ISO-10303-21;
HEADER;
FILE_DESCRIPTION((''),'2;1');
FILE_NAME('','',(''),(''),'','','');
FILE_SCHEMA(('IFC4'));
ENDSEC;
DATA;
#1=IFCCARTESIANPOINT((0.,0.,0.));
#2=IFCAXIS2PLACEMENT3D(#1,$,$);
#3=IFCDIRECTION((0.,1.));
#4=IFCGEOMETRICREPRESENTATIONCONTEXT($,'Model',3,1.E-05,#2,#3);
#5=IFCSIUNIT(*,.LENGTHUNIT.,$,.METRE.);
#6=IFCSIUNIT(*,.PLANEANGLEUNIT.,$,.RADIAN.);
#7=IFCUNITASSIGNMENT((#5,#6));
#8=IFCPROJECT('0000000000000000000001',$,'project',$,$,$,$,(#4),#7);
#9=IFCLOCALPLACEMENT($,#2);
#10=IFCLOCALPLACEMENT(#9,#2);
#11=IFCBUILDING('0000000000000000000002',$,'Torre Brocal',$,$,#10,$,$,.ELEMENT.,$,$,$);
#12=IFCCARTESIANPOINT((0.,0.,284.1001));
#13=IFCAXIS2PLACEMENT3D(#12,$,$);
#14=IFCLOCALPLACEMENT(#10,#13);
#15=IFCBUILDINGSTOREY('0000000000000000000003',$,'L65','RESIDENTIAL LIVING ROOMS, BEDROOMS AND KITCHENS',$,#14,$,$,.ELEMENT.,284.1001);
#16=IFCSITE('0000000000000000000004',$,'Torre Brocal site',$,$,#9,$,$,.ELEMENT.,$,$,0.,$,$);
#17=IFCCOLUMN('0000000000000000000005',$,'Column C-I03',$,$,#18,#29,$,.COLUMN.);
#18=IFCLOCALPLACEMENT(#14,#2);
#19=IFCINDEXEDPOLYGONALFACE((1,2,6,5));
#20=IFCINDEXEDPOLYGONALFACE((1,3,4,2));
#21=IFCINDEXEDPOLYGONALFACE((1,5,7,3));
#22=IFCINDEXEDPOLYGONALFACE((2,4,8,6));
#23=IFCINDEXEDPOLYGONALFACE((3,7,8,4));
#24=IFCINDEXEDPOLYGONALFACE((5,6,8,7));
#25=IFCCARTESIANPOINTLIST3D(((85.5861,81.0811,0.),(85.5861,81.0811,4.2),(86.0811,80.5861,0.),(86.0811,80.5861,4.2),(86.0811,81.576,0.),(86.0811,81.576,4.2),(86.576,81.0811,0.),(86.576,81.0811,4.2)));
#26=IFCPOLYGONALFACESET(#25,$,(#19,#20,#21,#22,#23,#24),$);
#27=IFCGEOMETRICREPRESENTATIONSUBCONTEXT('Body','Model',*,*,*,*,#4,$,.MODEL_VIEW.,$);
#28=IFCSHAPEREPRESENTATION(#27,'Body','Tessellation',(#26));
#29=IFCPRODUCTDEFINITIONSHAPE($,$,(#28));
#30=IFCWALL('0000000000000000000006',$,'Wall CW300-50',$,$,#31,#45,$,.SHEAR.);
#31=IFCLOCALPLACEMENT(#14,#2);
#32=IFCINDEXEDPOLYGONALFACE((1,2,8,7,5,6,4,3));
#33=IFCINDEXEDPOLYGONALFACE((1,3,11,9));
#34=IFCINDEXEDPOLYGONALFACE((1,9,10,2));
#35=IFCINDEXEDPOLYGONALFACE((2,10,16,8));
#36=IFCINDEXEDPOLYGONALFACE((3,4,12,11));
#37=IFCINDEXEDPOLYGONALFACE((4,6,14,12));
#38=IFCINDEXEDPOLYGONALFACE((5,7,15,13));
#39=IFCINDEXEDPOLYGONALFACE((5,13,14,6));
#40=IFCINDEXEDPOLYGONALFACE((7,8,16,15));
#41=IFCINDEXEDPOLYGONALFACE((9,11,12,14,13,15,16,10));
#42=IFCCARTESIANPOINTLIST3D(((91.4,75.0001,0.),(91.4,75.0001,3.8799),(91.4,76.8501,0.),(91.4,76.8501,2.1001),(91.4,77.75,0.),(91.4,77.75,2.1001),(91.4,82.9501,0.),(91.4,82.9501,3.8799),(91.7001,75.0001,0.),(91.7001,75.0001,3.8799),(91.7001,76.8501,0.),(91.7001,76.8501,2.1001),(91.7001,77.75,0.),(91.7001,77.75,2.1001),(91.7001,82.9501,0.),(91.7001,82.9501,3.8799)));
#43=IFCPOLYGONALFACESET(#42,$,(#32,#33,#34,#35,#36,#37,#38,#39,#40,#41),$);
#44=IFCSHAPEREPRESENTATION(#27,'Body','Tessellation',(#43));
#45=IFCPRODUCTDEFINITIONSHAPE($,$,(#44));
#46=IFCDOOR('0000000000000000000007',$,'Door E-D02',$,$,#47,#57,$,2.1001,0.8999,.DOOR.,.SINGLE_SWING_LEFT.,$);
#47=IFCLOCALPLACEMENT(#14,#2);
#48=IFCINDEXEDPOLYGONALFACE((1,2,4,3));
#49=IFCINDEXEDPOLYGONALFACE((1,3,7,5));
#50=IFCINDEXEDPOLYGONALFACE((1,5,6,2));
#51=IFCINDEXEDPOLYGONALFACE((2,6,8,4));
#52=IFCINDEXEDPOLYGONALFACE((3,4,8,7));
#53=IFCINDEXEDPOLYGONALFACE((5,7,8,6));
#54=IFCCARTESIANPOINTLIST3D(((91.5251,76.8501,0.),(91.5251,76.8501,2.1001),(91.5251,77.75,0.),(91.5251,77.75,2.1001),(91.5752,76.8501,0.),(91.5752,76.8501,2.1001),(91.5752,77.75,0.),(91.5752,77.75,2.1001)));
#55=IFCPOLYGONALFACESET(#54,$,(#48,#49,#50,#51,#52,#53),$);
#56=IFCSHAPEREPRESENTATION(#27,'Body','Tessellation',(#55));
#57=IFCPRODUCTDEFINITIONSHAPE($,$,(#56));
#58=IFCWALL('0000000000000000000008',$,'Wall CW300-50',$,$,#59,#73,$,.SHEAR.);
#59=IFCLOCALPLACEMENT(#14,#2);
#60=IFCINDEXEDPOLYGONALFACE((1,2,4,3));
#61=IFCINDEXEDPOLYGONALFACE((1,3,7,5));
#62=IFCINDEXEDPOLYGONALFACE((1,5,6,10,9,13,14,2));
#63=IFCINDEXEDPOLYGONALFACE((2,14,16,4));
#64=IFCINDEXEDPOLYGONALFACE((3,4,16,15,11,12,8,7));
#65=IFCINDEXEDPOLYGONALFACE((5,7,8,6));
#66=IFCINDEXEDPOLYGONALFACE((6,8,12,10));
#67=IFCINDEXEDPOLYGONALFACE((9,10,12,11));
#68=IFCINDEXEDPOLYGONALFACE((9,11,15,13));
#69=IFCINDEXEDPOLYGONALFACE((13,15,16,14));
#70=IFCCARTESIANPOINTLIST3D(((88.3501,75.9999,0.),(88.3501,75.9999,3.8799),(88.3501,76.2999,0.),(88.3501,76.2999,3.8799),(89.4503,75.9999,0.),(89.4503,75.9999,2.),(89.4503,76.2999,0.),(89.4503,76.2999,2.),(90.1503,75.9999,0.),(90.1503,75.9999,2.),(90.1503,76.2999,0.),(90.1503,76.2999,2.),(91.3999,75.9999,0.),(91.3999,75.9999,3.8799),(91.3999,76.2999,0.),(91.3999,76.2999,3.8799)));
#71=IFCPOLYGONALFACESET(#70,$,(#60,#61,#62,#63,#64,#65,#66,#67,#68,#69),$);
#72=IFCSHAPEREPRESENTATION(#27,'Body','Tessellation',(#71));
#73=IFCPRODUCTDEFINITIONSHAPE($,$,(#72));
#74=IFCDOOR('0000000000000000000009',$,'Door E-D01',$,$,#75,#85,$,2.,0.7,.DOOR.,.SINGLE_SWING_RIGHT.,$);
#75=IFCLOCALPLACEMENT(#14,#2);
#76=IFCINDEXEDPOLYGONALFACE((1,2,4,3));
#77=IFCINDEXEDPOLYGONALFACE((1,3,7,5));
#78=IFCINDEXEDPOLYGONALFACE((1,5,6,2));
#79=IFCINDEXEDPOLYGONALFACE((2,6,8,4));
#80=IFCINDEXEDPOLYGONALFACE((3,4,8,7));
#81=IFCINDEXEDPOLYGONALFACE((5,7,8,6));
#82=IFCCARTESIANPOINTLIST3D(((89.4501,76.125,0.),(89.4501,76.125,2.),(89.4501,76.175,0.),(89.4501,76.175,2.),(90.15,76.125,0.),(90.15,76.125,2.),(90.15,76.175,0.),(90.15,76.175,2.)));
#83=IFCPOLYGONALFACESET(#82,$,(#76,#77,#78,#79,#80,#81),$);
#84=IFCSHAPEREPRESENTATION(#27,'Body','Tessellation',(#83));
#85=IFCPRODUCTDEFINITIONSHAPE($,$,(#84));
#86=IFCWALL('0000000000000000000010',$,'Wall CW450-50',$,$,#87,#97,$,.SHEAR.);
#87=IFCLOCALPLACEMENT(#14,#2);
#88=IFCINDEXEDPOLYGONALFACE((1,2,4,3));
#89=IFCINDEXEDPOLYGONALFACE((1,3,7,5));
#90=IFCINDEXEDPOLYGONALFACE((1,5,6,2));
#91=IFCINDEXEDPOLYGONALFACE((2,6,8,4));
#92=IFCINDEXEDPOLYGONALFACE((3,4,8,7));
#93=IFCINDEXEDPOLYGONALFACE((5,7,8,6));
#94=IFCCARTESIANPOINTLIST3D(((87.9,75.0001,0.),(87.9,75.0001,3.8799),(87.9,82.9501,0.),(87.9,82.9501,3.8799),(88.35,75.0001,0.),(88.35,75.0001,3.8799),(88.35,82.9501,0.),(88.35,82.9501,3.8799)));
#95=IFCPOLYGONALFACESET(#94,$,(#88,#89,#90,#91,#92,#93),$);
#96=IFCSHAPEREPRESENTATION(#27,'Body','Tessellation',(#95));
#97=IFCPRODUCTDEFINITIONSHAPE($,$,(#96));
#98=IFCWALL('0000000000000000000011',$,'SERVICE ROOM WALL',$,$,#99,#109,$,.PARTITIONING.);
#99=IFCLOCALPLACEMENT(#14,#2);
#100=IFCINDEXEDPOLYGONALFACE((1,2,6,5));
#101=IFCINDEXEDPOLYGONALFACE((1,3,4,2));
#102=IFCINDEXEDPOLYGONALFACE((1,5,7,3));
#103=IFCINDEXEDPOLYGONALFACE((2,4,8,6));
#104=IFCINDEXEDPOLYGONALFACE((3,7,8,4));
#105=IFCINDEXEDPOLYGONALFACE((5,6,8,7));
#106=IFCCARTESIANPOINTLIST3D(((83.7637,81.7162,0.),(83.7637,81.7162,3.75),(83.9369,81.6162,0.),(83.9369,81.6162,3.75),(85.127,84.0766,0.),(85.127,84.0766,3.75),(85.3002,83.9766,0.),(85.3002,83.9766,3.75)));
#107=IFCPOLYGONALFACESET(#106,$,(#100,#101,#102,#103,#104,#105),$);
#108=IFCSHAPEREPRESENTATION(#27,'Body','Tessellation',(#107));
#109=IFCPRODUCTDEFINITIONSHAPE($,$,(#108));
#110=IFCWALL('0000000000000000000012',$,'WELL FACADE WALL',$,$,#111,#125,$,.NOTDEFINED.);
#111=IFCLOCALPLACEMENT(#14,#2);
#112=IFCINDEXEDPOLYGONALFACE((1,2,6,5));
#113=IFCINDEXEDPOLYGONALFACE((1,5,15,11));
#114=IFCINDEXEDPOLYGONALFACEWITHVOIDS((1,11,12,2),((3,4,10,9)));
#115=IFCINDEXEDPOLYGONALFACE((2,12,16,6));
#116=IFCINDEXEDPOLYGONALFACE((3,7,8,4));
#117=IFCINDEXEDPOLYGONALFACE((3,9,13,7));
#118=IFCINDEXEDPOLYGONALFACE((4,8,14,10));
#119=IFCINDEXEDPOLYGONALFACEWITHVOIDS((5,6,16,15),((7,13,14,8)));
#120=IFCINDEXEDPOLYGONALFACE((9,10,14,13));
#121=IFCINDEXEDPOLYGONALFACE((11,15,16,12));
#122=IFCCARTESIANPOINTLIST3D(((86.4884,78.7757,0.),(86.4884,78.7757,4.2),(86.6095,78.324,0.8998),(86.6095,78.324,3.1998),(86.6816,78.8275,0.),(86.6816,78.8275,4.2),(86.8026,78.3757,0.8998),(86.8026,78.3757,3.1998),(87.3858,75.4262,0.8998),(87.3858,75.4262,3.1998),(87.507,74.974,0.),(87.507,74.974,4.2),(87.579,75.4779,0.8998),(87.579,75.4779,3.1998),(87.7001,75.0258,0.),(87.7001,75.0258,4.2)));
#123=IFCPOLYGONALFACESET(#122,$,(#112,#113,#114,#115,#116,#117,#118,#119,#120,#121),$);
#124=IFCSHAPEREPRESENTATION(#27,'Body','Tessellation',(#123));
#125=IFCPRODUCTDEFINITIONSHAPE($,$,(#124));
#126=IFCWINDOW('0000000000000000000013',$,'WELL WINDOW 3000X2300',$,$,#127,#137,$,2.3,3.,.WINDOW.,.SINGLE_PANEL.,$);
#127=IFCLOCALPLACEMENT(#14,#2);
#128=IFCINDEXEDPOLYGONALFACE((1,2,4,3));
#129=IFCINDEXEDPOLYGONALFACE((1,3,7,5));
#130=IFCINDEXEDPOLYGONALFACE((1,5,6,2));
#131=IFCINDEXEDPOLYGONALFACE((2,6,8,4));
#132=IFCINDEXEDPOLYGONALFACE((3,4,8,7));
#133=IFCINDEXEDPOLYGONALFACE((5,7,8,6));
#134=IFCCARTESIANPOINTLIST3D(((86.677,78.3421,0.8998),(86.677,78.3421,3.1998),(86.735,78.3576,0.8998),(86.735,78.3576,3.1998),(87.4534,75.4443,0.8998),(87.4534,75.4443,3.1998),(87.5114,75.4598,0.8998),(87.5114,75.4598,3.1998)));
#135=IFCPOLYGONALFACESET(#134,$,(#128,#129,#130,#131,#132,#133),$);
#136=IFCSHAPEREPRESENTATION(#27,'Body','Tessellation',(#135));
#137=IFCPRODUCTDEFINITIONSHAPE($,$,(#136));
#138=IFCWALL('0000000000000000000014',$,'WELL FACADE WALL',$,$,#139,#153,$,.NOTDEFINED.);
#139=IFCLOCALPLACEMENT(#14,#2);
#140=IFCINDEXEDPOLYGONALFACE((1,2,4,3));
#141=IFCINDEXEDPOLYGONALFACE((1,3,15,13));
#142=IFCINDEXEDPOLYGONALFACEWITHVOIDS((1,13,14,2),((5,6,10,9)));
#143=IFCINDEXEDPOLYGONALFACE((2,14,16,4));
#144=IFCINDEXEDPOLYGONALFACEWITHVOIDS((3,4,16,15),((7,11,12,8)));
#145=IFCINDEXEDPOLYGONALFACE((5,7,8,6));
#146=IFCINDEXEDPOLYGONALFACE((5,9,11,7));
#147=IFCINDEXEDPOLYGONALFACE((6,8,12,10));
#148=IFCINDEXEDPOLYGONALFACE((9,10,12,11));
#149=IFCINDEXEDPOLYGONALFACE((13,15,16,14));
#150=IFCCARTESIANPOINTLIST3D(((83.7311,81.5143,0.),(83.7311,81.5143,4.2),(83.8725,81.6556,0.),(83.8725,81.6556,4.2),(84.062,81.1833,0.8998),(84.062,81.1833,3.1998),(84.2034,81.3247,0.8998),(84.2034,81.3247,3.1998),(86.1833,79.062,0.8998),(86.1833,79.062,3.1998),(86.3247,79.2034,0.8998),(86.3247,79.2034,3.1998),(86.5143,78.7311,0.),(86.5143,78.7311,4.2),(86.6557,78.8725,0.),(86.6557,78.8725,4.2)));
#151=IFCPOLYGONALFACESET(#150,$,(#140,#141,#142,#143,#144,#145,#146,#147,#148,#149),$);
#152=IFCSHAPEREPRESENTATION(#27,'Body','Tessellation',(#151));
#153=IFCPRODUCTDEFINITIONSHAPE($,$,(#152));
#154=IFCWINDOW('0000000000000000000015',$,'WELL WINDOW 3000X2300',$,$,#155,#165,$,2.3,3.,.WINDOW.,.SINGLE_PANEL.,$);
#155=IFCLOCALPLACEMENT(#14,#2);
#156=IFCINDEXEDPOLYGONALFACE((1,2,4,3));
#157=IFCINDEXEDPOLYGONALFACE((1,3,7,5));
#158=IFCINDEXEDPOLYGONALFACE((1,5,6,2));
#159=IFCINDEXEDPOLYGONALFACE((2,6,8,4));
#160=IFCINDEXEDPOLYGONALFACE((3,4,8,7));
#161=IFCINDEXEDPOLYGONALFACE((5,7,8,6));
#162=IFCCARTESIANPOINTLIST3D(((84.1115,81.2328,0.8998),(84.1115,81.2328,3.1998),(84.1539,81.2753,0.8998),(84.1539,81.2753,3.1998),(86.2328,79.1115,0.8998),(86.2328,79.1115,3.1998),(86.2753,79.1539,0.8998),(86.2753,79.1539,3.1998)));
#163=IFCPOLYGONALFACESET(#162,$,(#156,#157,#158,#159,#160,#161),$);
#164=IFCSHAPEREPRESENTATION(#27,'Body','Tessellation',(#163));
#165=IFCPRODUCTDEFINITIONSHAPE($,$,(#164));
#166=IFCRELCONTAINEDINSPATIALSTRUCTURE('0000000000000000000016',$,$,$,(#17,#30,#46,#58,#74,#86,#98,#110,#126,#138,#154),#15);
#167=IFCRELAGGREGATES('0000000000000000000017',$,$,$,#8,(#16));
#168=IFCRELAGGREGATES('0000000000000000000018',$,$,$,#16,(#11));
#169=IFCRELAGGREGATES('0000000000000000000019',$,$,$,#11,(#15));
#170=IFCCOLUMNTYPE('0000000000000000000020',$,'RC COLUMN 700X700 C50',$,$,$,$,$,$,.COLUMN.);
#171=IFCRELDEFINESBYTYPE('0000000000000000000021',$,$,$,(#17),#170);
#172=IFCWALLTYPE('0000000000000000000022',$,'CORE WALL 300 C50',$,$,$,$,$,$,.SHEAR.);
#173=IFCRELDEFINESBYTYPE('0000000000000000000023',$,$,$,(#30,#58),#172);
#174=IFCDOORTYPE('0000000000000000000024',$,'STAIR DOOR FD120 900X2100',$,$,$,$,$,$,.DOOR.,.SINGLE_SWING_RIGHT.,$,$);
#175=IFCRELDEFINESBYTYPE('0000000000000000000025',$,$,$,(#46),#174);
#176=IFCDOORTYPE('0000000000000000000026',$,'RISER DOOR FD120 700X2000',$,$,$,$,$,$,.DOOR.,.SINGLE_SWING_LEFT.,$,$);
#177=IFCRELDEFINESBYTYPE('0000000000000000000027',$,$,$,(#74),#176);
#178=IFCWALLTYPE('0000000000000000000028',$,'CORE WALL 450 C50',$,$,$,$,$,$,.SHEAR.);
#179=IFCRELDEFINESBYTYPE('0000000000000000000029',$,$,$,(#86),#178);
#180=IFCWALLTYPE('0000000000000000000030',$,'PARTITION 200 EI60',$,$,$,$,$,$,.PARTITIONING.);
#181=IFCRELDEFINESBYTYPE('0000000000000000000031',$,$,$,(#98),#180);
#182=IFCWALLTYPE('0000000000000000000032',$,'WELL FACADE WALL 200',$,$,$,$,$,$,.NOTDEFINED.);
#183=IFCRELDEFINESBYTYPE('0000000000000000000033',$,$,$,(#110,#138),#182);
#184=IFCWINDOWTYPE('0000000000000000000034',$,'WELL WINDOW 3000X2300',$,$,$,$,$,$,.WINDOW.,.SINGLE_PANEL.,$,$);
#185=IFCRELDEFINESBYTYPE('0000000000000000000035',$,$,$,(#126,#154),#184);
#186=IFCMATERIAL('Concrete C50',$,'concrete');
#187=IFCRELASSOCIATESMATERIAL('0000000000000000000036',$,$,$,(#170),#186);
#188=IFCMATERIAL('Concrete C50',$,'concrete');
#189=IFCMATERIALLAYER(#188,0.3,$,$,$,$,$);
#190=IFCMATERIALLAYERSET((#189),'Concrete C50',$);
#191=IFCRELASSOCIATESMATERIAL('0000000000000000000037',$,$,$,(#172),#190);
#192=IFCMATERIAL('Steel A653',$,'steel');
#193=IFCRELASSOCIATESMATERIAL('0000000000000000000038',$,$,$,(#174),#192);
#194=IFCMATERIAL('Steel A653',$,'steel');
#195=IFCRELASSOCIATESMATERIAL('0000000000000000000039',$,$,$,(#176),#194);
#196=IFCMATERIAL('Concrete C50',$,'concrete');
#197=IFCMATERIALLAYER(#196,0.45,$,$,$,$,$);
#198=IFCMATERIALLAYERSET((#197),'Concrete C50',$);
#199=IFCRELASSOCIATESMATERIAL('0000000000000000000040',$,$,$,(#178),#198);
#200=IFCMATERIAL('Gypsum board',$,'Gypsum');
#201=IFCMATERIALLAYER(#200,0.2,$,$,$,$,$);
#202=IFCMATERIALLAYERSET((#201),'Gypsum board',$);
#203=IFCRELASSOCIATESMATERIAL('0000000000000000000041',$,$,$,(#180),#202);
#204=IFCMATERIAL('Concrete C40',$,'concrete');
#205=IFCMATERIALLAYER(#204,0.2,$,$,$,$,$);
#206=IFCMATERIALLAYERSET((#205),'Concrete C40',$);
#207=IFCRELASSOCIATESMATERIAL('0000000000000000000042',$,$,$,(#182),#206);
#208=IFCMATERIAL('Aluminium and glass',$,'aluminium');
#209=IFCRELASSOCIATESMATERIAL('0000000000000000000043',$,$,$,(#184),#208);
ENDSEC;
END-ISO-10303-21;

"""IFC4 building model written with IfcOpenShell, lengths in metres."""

from ifc_helpers import new_model, si_unit, direction, frame, frame_2d, origin, origin_2d, place, context, subcontext, project, spatial, rectangle, extrude, material, layer, layer_set, material_profile, profile_set, type_object, element, fill, save


model = new_model("IFC4")

# Units and contexts
model_context = context("Model", 3, precision=1e-05, world=origin(), true_north=direction((0.0, 1.0)))
body_context = subcontext(model_context, "Body", "Model", "MODEL_VIEW")
ifc_project = project(units=[si_unit("LENGTHUNIT", "METRE"), si_unit("PLANEANGLEUNIT", "RADIAN")], contexts=[model_context])

# Site, building, storey
site_placement = place(None, origin())
site = spatial("IfcSite", under=ifc_project, at=site_placement, Name="Torre Brocal site", CompositionType="ELEMENT", RefElevation=0.0)
building_placement = place(site_placement, origin())
building = spatial("IfcBuilding", under=site, at=building_placement, Name="Torre Brocal", CompositionType="ELEMENT")
storey_placement = place(building_placement, frame((0.0, 0.0, 284.1001)))
storey = spatial("IfcBuildingStorey", under=building, at=storey_placement, Name="L65", Description="RESIDENTIAL LIVING ROOMS, BEDROOMS AND KITCHENS", CompositionType="ELEMENT", Elevation=284.1001)

# Column
ifc_material_1 = material(Name="Concrete C50", Category="concrete")
ifc_material_profile = material_profile(ifc_material_1, rectangle(XDim=0.7, YDim=0.7, at=origin_2d()), Name="RC 700X700")
ifc_profile_set = profile_set([ifc_material_profile], Name="Concrete C50")
column_type = type_object("IfcColumnType", Name="RC COLUMN 700X700 C50", PredefinedType="COLUMN", material=ifc_profile_set)
column_placement = place(storey_placement, frame((86.0811, 81.0811, 0.0), z_axis=(0.0, 0.0, 1.0), x_axis=(0.707107, 0.707107, 0.0)))
element("IfcColumn", 1, at=column_placement, inside=storey, type_object=column_type, Name="Column C-I03", PredefinedType="COLUMN", context=body_context, shape_type="SweptSolid", body=[
    extrude(rectangle(XDim=0.7, YDim=0.7, at=origin_2d()), origin(), (0.0, 0.0, 1.0), 4.2),
])

# Walls, openings, doors
ifc_material_2 = material(Name="Concrete C50", Category="concrete")
ifc_layer_1 = layer(ifc_material_2, 0.3)
ifc_layer_set_1 = layer_set([ifc_layer_1], Name="Concrete C50")
wall_type_1 = type_object("IfcWallType", Name="CORE WALL 300 C50", PredefinedType="SHEAR", material=ifc_layer_set_1)
wall_1_placement = place(storey_placement, frame((91.55, 75.0, 0.0), z_axis=(0.0, 0.0, 1.0), x_axis=(0.0, 1.0, 0.0)))
wall_1 = element("IfcWall", 2, at=wall_1_placement, inside=storey, type_object=wall_type_1, Name="Wall CW300-50", PredefinedType="SHEAR", context=body_context, shape_type="SweptSolid", body=[
    extrude(rectangle(XDim=7.95, YDim=0.3, at=frame_2d((3.9751, 0.0))), origin(), (0.0, 0.0, 1.0), 3.8799),
])
opening_1_placement = place(wall_1_placement, frame((1.8501, 0.0, 0.0)))
opening_1 = element("IfcOpeningElement", 3, at=opening_1_placement, cuts=wall_1, PredefinedType="OPENING", context=body_context, shape_type="SweptSolid", body=[
    extrude(rectangle(XDim=0.8999, YDim=2.1001, at=frame_2d((0.45, 1.05))), frame((0.0, 0.1599, 0.0), z_axis=(0.0, -1.0, 0.0), x_axis=(1.0, 0.0, 0.0)), (0.0, 0.0, 1.0), 0.3201),
])
ifc_material_3 = material(Name="Steel A653", Category="steel")
door_type_1 = type_object("IfcDoorType", Name="STAIR DOOR FD120 900X2100", OperationType="SINGLE_SWING_RIGHT", PredefinedType="DOOR", material=ifc_material_3)
door_1_placement = place(opening_1_placement, origin())
door_1 = element("IfcDoor", 4, at=door_1_placement, inside=storey, type_object=door_type_1, Name="Door E-D02", OperationType="SINGLE_SWING_LEFT", OverallHeight=2.1001, OverallWidth=0.8999, PredefinedType="DOOR", context=body_context, shape_type="SweptSolid", body=[
    extrude(rectangle(XDim=0.8999, YDim=2.1001, at=frame_2d((0.45, 1.05))), frame((0.0, 0.0249, 0.0), z_axis=(0.0, -1.0, 0.0), x_axis=(1.0, 0.0, 0.0)), (0.0, 0.0, 1.0), 0.05),
])
fill(opening_1, door_1)
wall_2_placement = place(storey_placement, frame((88.3501, 76.1499, 0.0), z_axis=(0.0, 0.0, 1.0), x_axis=(1.0, 0.0, 0.0)))
wall_2 = element("IfcWall", 5, at=wall_2_placement, inside=storey, type_object=wall_type_1, Name="Wall CW300-50", PredefinedType="SHEAR", context=body_context, shape_type="SweptSolid", body=[
    extrude(rectangle(XDim=3.0498, YDim=0.3, at=frame_2d((1.5249, 0.0))), origin(), (0.0, 0.0, 1.0), 3.8799),
])
opening_2_placement = place(wall_2_placement, frame((1.1001, 0.0, 0.0)))
opening_2 = element("IfcOpeningElement", 6, at=opening_2_placement, cuts=wall_2, PredefinedType="OPENING", context=body_context, shape_type="SweptSolid", body=[
    extrude(rectangle(XDim=0.7, YDim=2.0, at=frame_2d((0.3501, 1.0))), frame((0.0, 0.1599, 0.0), z_axis=(0.0, -1.0, 0.0), x_axis=(1.0, 0.0, 0.0)), (0.0, 0.0, 1.0), 0.3201),
])
ifc_material_4 = material(Name="Steel A653", Category="steel")
door_type_2 = type_object("IfcDoorType", Name="RISER DOOR FD120 700X2000", OperationType="SINGLE_SWING_LEFT", PredefinedType="DOOR", material=ifc_material_4)
door_2_placement = place(opening_2_placement, frame((0.7, 0.0, 0.0), z_axis=(0.0, 0.0, 1.0), x_axis=(-1.0, 0.0, 0.0)))
door_2 = element("IfcDoor", 7, at=door_2_placement, inside=storey, type_object=door_type_2, Name="Door E-D01", OperationType="SINGLE_SWING_RIGHT", OverallHeight=2.0, OverallWidth=0.7, PredefinedType="DOOR", context=body_context, shape_type="SweptSolid", body=[
    extrude(rectangle(XDim=0.7, YDim=2.0, at=frame_2d((0.3501, 1.0))), frame((0.0, 0.0249, 0.0), z_axis=(0.0, -1.0, 0.0), x_axis=(1.0, 0.0, 0.0)), (0.0, 0.0, 1.0), 0.05),
])
fill(opening_2, door_2)

# Walls
ifc_material_5 = material(Name="Concrete C50", Category="concrete")
ifc_layer_2 = layer(ifc_material_5, 0.45)
ifc_layer_set_2 = layer_set([ifc_layer_2], Name="Concrete C50")
wall_type_2 = type_object("IfcWallType", Name="CORE WALL 450 C50", PredefinedType="SHEAR", material=ifc_layer_set_2)
wall_3_placement = place(storey_placement, frame((88.125, 75.0, 0.0), z_axis=(0.0, 0.0, 1.0), x_axis=(0.0, 1.0, 0.0)))
element("IfcWall", 8, at=wall_3_placement, inside=storey, type_object=wall_type_2, Name="Wall CW450-50", PredefinedType="SHEAR", context=body_context, shape_type="SweptSolid", body=[
    extrude(rectangle(XDim=7.95, YDim=0.45, at=frame_2d((3.9751, 0.0))), origin(), (0.0, 0.0, 1.0), 3.8799),
])
ifc_material_6 = material(Name="Gypsum board", Category="Gypsum")
ifc_layer_3 = layer(ifc_material_6, 0.2)
ifc_layer_set_3 = layer_set([ifc_layer_3], Name="Gypsum board")
wall_type_3 = type_object("IfcWallType", Name="PARTITION 200 EI60", PredefinedType="PARTITIONING", material=ifc_layer_set_3)
wall_4_placement = place(storey_placement, frame((83.8503, 81.6663, 0.0), z_axis=(0.0, 0.0, 1.0), x_axis=(0.500146, 0.865941, 0.0)))
element("IfcWall", 9, at=wall_4_placement, inside=storey, type_object=wall_type_3, Name="SERVICE ROOM WALL", PredefinedType="PARTITIONING", context=body_context, shape_type="SweptSolid", body=[
    extrude(rectangle(XDim=2.7258, YDim=0.2, at=frame_2d((1.3628, 0.0))), origin(), (0.0, 0.0, 1.0), 3.75),
])

# Walls, openings, windows
ifc_material_7 = material(Name="Concrete C40", Category="concrete")
ifc_layer_4 = layer(ifc_material_7, 0.2)
ifc_layer_set_4 = layer_set([ifc_layer_4], Name="Concrete C40")
wall_type_4 = type_object("IfcWallType", Name="WELL FACADE WALL 200", PredefinedType="NOTDEFINED", material=ifc_layer_set_4)
wall_5_placement = place(storey_placement, frame((87.6035, 75.0, 0.0), z_axis=(0.0, 0.0, 1.0), x_axis=(-0.25879, 0.965934, 0.0)))
wall_5 = element("IfcWall", 10, at=wall_5_placement, inside=storey, type_object=wall_type_4, Name="WELL FACADE WALL", PredefinedType="NOTDEFINED", context=body_context, shape_type="SweptSolid", body=[
    extrude(rectangle(XDim=3.9358, YDim=0.2, at=frame_2d((1.9678, 0.0))), origin(), (0.0, 0.0, 1.0), 4.2),
])
opening_3_placement = place(wall_5_placement, frame((0.468, 0.0, 0.8999)))
opening_3 = element("IfcOpeningElement", 11, at=opening_3_placement, cuts=wall_5, PredefinedType="OPENING", context=body_context, shape_type="SweptSolid", body=[
    extrude(rectangle(XDim=3.0, YDim=2.3, at=frame_2d((1.5, 1.1499))), frame((0.0, 0.1099, 0.0), z_axis=(0.0, -1.0, 0.0), x_axis=(1.0, 0.0, 0.0)), (0.0, 0.0, 1.0), 0.22),
])
ifc_material_8 = material(Name="Aluminium and glass", Category="aluminium")
window_type = type_object("IfcWindowType", Name="WELL WINDOW 3000X2300", PartitioningType="SINGLE_PANEL", PredefinedType="WINDOW", material=ifc_material_8)
window_1_placement = place(opening_3_placement, origin())
window_1 = element("IfcWindow", 12, at=window_1_placement, inside=storey, type_object=window_type, Name="WELL WINDOW 3000X2300", OverallHeight=2.3, OverallWidth=3.0, PartitioningType="SINGLE_PANEL", PredefinedType="WINDOW", context=body_context, shape_type="SweptSolid", body=[
    extrude(rectangle(XDim=3.0, YDim=2.3, at=frame_2d((1.5, 1.1499))), frame((0.0, 0.03, 0.0), z_axis=(0.0, -1.0, 0.0), x_axis=(1.0, 0.0, 0.0)), (0.0, 0.0, 1.0), 0.0601),
])
fill(opening_3, window_1)
wall_6_placement = place(storey_placement, frame((86.585, 78.8018, 0.0), z_axis=(0.0, 0.0, 1.0), x_axis=(-0.707107, 0.707107, 0.0)))
wall_6 = element("IfcWall", 13, at=wall_6_placement, inside=storey, type_object=wall_type_4, Name="WELL FACADE WALL", PredefinedType="NOTDEFINED", context=body_context, shape_type="SweptSolid", body=[
    extrude(rectangle(XDim=3.936, YDim=0.2, at=frame_2d((1.968, 0.0))), origin(), (0.0, 0.0, 1.0), 4.2),
])
opening_4_placement = place(wall_6_placement, frame((0.468, 0.0, 0.8999)))
opening_4 = element("IfcOpeningElement", 14, at=opening_4_placement, cuts=wall_6, PredefinedType="OPENING", context=body_context, shape_type="SweptSolid", body=[
    extrude(rectangle(XDim=3.0, YDim=2.3, at=frame_2d((1.5, 1.1499))), frame((0.0, 0.1099, 0.0), z_axis=(0.0, -1.0, 0.0), x_axis=(1.0, 0.0, 0.0)), (0.0, 0.0, 1.0), 0.22),
])
window_2_placement = place(opening_4_placement, origin())
window_2 = element("IfcWindow", 15, at=window_2_placement, inside=storey, type_object=window_type, Name="WELL WINDOW 3000X2300", OverallHeight=2.3, OverallWidth=3.0, PartitioningType="SINGLE_PANEL", PredefinedType="WINDOW", context=body_context, shape_type="SweptSolid", body=[
    extrude(rectangle(XDim=3.0, YDim=2.3, at=frame_2d((1.5, 1.1499))), frame((0.0, 0.03, 0.0), z_axis=(0.0, -1.0, 0.0), x_axis=(1.0, 0.0, 0.0)), (0.0, 0.0, 1.0), 0.0601),
])
fill(opening_4, window_2)

save(model, "model.ifc")
